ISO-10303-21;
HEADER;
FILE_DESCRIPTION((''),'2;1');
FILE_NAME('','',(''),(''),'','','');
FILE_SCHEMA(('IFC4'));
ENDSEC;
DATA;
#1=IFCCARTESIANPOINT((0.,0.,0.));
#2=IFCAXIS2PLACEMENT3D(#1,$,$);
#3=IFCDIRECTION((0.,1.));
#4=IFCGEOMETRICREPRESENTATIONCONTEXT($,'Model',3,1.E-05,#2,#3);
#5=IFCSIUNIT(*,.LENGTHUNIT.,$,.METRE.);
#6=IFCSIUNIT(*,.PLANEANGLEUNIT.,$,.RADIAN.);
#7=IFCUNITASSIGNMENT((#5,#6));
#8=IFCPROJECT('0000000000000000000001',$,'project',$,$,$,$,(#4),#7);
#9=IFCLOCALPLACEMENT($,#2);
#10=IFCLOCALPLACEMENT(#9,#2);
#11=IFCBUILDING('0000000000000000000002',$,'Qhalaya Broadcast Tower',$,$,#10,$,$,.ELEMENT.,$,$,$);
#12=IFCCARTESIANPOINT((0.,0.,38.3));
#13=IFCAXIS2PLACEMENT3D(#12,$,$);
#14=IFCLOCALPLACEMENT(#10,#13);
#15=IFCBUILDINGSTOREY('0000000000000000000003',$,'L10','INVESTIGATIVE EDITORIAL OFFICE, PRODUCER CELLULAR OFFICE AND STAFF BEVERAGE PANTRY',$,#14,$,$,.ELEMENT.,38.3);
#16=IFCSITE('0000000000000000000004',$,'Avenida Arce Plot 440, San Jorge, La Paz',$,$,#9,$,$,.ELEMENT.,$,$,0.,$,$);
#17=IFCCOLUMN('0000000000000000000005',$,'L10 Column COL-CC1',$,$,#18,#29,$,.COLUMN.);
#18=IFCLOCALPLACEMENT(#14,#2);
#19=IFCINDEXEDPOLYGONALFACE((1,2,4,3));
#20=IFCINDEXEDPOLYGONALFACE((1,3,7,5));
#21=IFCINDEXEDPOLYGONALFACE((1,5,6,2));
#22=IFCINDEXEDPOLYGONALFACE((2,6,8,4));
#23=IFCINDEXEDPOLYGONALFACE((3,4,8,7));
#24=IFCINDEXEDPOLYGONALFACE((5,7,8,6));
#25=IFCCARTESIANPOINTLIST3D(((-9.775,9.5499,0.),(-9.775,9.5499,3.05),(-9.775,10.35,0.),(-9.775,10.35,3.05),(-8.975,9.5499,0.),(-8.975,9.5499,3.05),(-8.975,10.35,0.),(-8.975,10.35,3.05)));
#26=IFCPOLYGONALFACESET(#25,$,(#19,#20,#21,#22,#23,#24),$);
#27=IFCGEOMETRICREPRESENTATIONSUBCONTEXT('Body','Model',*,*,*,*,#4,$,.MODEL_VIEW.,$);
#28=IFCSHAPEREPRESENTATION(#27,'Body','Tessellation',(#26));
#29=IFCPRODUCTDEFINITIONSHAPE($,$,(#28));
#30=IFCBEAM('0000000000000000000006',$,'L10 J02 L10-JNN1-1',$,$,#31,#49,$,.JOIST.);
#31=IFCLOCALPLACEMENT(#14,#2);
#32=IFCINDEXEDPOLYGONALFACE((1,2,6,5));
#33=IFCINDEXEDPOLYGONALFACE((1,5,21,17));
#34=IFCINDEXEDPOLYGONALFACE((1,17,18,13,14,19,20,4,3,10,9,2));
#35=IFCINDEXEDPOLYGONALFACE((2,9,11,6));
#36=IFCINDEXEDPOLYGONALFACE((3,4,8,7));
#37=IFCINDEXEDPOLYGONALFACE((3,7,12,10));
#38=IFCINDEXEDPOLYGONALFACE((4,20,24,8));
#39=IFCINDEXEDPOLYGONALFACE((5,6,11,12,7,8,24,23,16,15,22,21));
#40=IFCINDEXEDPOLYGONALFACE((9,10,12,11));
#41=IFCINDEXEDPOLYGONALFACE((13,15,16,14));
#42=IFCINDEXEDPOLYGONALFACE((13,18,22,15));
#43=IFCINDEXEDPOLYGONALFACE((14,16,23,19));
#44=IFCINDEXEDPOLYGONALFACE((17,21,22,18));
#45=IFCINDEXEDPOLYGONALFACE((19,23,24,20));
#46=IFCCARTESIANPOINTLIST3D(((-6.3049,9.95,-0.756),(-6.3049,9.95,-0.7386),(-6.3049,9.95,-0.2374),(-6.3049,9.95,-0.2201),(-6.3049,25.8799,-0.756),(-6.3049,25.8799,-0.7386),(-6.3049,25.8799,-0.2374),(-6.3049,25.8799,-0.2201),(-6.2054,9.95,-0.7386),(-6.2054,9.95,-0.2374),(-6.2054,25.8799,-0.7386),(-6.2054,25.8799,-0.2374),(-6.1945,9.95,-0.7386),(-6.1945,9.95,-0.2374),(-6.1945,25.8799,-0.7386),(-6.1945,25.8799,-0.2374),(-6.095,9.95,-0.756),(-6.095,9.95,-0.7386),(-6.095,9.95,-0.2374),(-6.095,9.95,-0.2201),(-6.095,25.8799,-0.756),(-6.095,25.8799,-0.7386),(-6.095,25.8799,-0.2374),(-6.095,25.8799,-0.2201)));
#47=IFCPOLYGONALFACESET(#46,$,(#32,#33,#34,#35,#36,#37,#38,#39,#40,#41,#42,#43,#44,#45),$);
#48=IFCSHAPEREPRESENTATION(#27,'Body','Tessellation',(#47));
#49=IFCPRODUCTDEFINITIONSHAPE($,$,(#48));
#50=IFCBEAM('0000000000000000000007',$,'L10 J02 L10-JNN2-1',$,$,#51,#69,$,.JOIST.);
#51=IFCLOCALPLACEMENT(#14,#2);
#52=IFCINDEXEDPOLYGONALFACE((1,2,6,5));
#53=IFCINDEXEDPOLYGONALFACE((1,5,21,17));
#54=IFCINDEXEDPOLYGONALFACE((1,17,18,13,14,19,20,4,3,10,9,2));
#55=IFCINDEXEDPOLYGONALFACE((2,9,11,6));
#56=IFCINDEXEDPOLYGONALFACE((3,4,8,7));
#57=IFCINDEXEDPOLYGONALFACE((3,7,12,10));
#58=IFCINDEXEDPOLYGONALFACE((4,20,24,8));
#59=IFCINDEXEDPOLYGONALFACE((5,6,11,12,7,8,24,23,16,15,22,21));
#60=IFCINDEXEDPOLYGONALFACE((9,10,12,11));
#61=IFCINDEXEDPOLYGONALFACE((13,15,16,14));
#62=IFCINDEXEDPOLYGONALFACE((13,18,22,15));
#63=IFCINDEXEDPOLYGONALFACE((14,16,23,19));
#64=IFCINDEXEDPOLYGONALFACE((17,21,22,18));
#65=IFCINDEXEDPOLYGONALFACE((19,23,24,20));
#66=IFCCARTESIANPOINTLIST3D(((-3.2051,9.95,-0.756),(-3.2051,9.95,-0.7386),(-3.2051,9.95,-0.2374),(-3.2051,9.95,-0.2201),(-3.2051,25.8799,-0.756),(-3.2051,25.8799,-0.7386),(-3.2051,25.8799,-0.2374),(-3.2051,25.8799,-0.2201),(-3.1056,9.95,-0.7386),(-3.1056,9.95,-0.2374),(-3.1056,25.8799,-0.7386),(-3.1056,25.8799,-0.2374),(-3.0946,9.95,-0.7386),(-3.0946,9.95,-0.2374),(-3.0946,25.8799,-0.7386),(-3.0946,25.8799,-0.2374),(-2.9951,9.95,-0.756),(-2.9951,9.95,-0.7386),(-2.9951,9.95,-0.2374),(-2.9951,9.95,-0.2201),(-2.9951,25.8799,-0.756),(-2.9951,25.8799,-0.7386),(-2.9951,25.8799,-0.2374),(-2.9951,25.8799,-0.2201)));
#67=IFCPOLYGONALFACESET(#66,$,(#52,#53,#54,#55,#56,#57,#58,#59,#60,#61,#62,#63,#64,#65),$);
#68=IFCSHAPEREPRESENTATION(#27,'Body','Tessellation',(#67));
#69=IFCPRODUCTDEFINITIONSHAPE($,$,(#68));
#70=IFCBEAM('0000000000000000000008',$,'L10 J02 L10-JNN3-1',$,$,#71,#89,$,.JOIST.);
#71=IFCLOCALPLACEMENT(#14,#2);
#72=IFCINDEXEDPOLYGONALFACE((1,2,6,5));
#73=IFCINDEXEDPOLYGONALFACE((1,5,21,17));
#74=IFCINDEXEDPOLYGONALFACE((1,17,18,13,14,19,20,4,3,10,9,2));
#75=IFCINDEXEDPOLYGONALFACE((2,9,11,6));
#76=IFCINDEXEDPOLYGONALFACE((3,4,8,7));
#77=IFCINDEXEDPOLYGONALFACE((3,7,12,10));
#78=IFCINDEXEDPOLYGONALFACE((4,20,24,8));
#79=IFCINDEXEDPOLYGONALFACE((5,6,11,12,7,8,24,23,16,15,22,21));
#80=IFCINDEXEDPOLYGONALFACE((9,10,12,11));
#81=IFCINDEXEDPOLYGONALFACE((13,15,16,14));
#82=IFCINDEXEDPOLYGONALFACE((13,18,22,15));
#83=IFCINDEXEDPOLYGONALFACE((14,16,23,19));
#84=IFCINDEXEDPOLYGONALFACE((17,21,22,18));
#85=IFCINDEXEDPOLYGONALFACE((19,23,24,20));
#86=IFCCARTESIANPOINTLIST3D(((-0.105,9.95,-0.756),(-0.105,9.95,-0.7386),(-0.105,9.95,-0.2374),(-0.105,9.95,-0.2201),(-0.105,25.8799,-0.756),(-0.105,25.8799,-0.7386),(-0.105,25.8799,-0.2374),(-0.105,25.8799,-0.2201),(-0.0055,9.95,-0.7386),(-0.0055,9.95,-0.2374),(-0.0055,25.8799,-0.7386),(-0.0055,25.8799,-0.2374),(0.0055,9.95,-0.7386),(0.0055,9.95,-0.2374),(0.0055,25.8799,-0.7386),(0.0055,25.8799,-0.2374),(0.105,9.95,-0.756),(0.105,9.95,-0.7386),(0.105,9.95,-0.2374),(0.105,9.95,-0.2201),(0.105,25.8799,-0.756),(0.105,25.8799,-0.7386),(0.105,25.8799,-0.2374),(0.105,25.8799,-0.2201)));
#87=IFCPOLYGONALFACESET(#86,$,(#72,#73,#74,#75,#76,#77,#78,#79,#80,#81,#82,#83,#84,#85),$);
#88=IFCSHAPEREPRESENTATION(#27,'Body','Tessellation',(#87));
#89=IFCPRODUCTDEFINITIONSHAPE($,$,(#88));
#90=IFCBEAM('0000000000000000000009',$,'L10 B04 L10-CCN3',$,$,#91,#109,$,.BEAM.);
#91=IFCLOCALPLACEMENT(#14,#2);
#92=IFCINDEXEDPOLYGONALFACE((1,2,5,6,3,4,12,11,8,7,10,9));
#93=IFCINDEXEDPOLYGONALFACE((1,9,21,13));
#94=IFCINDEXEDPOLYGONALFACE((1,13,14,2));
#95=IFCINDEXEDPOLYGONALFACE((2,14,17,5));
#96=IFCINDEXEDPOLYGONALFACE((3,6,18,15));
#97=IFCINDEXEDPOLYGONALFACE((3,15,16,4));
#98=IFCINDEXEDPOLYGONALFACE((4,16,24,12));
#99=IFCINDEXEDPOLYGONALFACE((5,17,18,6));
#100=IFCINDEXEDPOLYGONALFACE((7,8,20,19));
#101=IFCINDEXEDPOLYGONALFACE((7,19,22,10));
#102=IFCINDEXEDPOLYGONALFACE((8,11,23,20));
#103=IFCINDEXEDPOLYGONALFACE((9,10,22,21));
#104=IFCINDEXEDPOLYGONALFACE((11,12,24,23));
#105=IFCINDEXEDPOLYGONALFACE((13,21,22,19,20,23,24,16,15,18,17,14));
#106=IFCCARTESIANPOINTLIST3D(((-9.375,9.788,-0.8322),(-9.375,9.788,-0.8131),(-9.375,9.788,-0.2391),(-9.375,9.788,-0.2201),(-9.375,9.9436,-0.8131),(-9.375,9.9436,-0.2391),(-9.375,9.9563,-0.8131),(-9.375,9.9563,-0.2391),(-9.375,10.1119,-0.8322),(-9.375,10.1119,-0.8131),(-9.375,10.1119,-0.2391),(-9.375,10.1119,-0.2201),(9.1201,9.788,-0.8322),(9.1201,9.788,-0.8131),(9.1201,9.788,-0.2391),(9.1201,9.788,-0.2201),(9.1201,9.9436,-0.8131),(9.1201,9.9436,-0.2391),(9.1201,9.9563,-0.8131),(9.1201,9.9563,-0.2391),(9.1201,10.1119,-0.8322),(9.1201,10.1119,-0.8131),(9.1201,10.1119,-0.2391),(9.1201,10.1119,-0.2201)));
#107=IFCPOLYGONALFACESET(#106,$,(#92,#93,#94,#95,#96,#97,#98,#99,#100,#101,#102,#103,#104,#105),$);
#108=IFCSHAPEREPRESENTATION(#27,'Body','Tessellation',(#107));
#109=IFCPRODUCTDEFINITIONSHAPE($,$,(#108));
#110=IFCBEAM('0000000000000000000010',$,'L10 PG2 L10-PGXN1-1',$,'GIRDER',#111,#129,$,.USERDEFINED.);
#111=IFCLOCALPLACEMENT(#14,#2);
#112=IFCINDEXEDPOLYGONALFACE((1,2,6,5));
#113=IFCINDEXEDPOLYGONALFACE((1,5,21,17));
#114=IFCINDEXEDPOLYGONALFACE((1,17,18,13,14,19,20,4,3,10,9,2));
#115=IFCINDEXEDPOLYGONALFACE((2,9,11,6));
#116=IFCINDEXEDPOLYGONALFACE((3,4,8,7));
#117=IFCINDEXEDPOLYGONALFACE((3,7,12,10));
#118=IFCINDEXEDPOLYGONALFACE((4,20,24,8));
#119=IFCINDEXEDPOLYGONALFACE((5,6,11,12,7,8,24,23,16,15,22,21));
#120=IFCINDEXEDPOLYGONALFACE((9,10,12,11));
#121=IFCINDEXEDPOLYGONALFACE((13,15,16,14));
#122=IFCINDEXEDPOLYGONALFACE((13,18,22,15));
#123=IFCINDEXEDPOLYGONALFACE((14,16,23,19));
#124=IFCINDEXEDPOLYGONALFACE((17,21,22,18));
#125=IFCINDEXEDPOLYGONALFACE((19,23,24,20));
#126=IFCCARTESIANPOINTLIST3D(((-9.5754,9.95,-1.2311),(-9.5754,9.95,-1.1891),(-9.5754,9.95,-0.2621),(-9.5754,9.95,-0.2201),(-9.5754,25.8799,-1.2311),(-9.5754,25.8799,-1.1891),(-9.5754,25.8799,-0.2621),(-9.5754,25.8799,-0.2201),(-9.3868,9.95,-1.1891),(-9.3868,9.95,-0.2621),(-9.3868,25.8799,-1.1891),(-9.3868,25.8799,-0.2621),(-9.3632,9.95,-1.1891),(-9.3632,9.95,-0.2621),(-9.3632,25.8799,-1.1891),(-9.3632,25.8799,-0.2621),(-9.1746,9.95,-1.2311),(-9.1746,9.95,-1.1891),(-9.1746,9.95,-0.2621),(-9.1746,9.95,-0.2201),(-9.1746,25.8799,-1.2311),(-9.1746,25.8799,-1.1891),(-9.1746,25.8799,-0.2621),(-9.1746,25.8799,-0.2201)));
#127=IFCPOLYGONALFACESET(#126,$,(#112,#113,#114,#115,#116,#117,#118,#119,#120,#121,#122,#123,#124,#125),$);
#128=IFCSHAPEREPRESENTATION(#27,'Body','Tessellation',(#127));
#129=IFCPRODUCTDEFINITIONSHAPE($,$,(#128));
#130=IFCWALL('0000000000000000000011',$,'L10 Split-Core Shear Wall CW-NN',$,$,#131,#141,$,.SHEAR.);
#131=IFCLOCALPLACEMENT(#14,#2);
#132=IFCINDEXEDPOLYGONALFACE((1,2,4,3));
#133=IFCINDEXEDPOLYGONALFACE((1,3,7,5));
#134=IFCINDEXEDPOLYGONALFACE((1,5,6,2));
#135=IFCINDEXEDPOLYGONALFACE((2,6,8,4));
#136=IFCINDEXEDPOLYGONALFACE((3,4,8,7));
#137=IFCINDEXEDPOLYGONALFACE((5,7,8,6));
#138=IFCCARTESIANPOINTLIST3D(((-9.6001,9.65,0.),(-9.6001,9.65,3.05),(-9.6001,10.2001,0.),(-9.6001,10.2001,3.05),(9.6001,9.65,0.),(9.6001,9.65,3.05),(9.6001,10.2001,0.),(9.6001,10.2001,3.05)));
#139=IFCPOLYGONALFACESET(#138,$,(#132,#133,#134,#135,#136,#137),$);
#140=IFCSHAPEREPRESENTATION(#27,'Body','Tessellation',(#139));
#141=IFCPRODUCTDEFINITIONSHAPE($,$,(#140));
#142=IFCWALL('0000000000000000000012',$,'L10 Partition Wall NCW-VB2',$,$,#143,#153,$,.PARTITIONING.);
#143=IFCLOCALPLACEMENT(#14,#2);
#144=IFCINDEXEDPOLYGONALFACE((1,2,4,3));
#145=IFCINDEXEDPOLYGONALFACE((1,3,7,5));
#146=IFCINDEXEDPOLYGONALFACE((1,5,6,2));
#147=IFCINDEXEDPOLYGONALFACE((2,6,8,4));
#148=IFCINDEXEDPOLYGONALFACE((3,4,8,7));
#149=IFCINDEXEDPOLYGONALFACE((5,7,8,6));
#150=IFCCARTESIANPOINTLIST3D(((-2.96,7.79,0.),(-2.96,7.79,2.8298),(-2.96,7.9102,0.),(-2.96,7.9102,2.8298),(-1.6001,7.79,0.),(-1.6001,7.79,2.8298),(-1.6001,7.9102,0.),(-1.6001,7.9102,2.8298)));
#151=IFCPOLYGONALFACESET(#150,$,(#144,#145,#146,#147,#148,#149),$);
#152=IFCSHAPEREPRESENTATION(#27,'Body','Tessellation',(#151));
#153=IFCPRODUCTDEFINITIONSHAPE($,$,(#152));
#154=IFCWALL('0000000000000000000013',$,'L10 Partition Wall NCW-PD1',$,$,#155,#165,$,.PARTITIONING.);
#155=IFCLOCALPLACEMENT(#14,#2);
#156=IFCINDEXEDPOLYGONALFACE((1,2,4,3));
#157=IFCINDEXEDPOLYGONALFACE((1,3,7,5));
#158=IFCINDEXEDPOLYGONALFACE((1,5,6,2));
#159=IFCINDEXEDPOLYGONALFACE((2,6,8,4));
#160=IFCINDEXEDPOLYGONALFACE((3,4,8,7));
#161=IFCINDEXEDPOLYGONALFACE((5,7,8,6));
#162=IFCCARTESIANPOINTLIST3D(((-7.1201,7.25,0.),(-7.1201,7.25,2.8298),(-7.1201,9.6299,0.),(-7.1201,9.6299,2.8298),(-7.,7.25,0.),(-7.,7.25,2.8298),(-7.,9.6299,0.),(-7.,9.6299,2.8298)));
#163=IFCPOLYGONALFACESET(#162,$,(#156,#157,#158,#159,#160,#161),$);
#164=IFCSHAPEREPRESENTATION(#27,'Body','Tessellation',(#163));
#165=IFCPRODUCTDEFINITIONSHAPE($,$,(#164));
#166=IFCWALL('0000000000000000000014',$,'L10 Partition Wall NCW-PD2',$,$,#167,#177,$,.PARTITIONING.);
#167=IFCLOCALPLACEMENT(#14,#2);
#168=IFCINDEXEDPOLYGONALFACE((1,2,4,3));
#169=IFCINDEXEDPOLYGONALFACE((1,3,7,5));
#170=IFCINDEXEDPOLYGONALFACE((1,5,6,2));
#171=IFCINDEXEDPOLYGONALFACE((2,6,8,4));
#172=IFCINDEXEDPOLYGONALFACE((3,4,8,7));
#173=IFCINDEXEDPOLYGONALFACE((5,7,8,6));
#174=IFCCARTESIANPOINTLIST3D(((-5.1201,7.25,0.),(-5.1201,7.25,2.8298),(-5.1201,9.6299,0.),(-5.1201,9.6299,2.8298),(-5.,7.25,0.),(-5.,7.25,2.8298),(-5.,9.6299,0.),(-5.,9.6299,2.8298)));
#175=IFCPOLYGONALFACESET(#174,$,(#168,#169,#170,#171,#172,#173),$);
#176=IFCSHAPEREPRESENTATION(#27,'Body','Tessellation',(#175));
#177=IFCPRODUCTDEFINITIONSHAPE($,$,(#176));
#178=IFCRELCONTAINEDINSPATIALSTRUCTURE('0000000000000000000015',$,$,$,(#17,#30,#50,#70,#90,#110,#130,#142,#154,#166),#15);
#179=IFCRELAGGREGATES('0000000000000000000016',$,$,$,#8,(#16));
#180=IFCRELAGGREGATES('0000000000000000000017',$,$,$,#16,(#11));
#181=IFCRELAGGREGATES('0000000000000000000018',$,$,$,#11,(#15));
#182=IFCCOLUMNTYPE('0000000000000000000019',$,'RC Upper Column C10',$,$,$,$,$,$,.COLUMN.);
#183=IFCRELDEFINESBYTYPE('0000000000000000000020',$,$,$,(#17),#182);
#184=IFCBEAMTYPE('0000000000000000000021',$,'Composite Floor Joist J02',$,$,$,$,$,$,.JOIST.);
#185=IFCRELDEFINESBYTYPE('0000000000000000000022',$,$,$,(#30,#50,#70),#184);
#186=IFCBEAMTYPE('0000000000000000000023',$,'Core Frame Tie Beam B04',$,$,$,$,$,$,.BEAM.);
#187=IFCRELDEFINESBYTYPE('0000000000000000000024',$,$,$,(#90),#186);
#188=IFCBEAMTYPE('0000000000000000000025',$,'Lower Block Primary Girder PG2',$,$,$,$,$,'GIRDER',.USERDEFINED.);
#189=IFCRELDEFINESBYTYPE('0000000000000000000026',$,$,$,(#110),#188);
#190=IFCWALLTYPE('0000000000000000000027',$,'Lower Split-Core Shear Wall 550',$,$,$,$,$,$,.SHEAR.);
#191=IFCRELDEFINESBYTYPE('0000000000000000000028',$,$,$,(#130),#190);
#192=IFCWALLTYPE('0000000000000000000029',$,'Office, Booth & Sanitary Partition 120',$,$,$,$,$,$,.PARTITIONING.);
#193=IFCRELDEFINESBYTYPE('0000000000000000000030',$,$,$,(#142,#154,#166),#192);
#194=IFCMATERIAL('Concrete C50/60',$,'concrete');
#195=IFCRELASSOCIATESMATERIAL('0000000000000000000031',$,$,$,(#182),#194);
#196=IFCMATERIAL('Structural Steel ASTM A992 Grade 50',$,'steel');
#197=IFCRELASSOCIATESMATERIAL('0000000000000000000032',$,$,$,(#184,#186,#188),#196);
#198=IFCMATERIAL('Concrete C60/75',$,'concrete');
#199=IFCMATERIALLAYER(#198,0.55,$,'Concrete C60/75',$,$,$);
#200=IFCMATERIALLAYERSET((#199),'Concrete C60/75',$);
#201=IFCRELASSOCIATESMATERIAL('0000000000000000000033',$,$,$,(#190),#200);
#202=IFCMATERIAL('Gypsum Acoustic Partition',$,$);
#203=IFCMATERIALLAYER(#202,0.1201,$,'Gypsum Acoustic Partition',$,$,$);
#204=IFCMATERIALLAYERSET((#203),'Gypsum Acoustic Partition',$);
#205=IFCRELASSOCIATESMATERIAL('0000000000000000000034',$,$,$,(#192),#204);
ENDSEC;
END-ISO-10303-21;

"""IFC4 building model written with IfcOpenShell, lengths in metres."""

from ifc_helpers import new_model, si_unit, direction, frame, frame_2d, origin, origin_2d, place, context, subcontext, project, spatial, rectangle, i_section, extrude, material, layer, layer_set, material_profile, profile_set, type_object, element, save


model = new_model("IFC4")

# Units and contexts
model_context = context("Model", 3, precision=1e-05, world=origin(), true_north=direction((0.0, 1.0)))
body_context = subcontext(model_context, "Body", "Model", "MODEL_VIEW")
ifc_project = project(units=[si_unit("LENGTHUNIT", "METRE"), si_unit("PLANEANGLEUNIT", "RADIAN")], contexts=[model_context])

# Site, building, storey
site_placement = place(None, origin())
site = spatial("IfcSite", under=ifc_project, at=site_placement, Name="Avenida Arce Plot 440, San Jorge, La Paz", CompositionType="ELEMENT", RefElevation=0.0)
building_placement = place(site_placement, origin())
building = spatial("IfcBuilding", under=site, at=building_placement, Name="Qhalaya Broadcast Tower", CompositionType="ELEMENT")
storey_placement = place(building_placement, frame((0.0, 0.0, 38.3)))
storey = spatial("IfcBuildingStorey", under=building, at=storey_placement, Name="L10", Description="INVESTIGATIVE EDITORIAL OFFICE, PRODUCER CELLULAR OFFICE AND STAFF BEVERAGE PANTRY", CompositionType="ELEMENT", Elevation=38.3)

# Column
ifc_material_1 = material(Name="Concrete C50/60", Category="concrete")
ifc_material_profile_1 = material_profile(ifc_material_1, rectangle(XDim=0.8, YDim=0.8, at=origin_2d()), Name="RC-COL 800x800")
ifc_profile_set_1 = profile_set([ifc_material_profile_1], Name="Concrete C50/60")
column_type = type_object("IfcColumnType", Name="RC Upper Column C10", PredefinedType="COLUMN", material=ifc_profile_set_1)
column_placement = place(storey_placement, frame((-9.375, 9.95, 0.0), z_axis=(0.0, 0.0, 1.0), x_axis=(1.0, 0.0, 0.0)))
element("IfcColumn", 1, at=column_placement, inside=storey, type_object=column_type, Name="L10 Column COL-CC1", PredefinedType="COLUMN", context=body_context, shape_type="SweptSolid", body=[
    extrude(rectangle(XDim=0.8, YDim=0.8, at=origin_2d()), origin(), (0.0, 0.0, 1.0), 3.05),
])

# Beams
ifc_material_2 = material(Name="Structural Steel ASTM A992 Grade 50", Category="steel")
ifc_material_profile_2 = material_profile(ifc_material_2, i_section(OverallWidth=0.21, OverallDepth=0.5359, WebThickness=0.011, FlangeThickness=0.0173, at=origin_2d()), Name="W21X68")
ifc_profile_set_2 = profile_set([ifc_material_profile_2], Name="Structural Steel ASTM A992 Grade 50")
beam_type_1 = type_object("IfcBeamType", Name="Composite Floor Joist J02", PredefinedType="JOIST", material=ifc_profile_set_2)
for number, where, z_axis, x_axis, name in (
    (2, (-6.2, 9.95, -0.488), (0.0, 1.0, 0.0), (-1.0, 0.0, 0.0), "L10 J02 L10-JNN1-1"),
    (3, (-3.1001, 9.95, -0.488), (0.0, 1.0, 0.0), (-1.0, 0.0, 0.0), "L10 J02 L10-JNN2-1"),
    (4, (0.0, 9.95, -0.488), (0.0, 1.0, 0.0), (-1.0, 0.0, 0.0), "L10 J02 L10-JNN3-1"),
):
    element("IfcBeam", number, at=place(storey_placement, frame(where, z_axis=z_axis, x_axis=x_axis)), inside=storey, type_object=beam_type_1, Name=name, PredefinedType="JOIST", context=body_context, shape_type="SweptSolid", body=[
        extrude(i_section(OverallWidth=0.21, OverallDepth=0.5359, WebThickness=0.011, FlangeThickness=0.0173, at=origin_2d()), origin(), (0.0, 0.0, 1.0), 15.9299),
    ])
ifc_material_profile_3 = material_profile(ifc_material_2, i_section(OverallWidth=0.324, OverallDepth=0.6121, WebThickness=0.0127, FlangeThickness=0.019, at=origin_2d()), Name="W24X104")
ifc_profile_set_3 = profile_set([ifc_material_profile_3], Name="Structural Steel ASTM A992 Grade 50")
beam_type_2 = type_object("IfcBeamType", Name="Core Frame Tie Beam B04", PredefinedType="BEAM", material=ifc_profile_set_3)
beam_1_placement = place(storey_placement, frame((-9.375, 9.95, -0.5261), z_axis=(1.0, 0.0, 0.0), x_axis=(0.0, 1.0, 0.0)))
element("IfcBeam", 5, at=beam_1_placement, inside=storey, type_object=beam_type_2, Name="L10 B04 L10-CCN3", PredefinedType="BEAM", context=body_context, shape_type="SweptSolid", body=[
    extrude(i_section(OverallWidth=0.324, OverallDepth=0.6121, WebThickness=0.0127, FlangeThickness=0.019, at=origin_2d()), origin(), (0.0, 0.0, 1.0), 18.4951),
])
ifc_material_profile_4 = material_profile(ifc_material_2, i_section(OverallWidth=0.4009, OverallDepth=1.011, WebThickness=0.0237, FlangeThickness=0.042, at=origin_2d()), Name="W40X297")
ifc_profile_set_4 = profile_set([ifc_material_profile_4], Name="Structural Steel ASTM A992 Grade 50")
beam_type_3 = type_object("IfcBeamType", Name="Lower Block Primary Girder PG2", ElementType="GIRDER", PredefinedType="USERDEFINED", material=ifc_profile_set_4)
beam_2_placement = place(storey_placement, frame((-9.375, 9.95, -0.7256), z_axis=(0.0, 1.0, 0.0), x_axis=(-1.0, 0.0, 0.0)))
element("IfcBeam", 6, at=beam_2_placement, inside=storey, type_object=beam_type_3, Name="L10 PG2 L10-PGXN1-1", ObjectType="GIRDER", PredefinedType="USERDEFINED", context=body_context, shape_type="SweptSolid", body=[
    extrude(i_section(OverallWidth=0.4009, OverallDepth=1.011, WebThickness=0.0237, FlangeThickness=0.042, at=origin_2d()), origin(), (0.0, 0.0, 1.0), 15.9299),
])

# Walls
ifc_material_3 = material(Name="Concrete C60/75", Category="concrete")
ifc_layer_1 = layer(ifc_material_3, 0.55, Name="Concrete C60/75")
ifc_layer_set_1 = layer_set([ifc_layer_1], Name="Concrete C60/75")
wall_type_1 = type_object("IfcWallType", Name="Lower Split-Core Shear Wall 550", PredefinedType="SHEAR", material=ifc_layer_set_1)
wall_1_placement = place(storey_placement, frame((-9.6001, 9.925, 0.0), z_axis=(0.0, 0.0, 1.0), x_axis=(1.0, 0.0, 0.0)))
element("IfcWall", 7, at=wall_1_placement, inside=storey, type_object=wall_type_1, Name="L10 Split-Core Shear Wall CW-NN", PredefinedType="SHEAR", context=body_context, shape_type="SweptSolid", body=[
    extrude(rectangle(XDim=19.2002, YDim=0.55, at=frame_2d((9.6001, 0.0))), origin(), (0.0, 0.0, 1.0), 3.05),
])
ifc_material_4 = material(Name="Gypsum Acoustic Partition")
ifc_layer_2 = layer(ifc_material_4, 0.1201, Name="Gypsum Acoustic Partition")
ifc_layer_set_2 = layer_set([ifc_layer_2], Name="Gypsum Acoustic Partition")
wall_type_2 = type_object("IfcWallType", Name="Office, Booth & Sanitary Partition 120", PredefinedType="PARTITIONING", material=ifc_layer_set_2)
wall_2_placement = place(storey_placement, frame((-2.96, 7.8501, 0.0), z_axis=(0.0, 0.0, 1.0), x_axis=(1.0, 0.0, 0.0)))
element("IfcWall", 8, at=wall_2_placement, inside=storey, type_object=wall_type_2, Name="L10 Partition Wall NCW-VB2", PredefinedType="PARTITIONING", context=body_context, shape_type="SweptSolid", body=[
    extrude(rectangle(XDim=1.3599, YDim=0.1201, at=frame_2d((0.6799, 0.0))), origin(), (0.0, 0.0, 1.0), 2.8298),
])
for number, where, z_axis, x_axis, name in (
    (9, (-7.0601, 7.25, 0.0), (0.0, 0.0, 1.0), (0.0, 1.0, 0.0), "L10 Partition Wall NCW-PD1"),
    (10, (-5.0601, 7.25, 0.0), (0.0, 0.0, 1.0), (0.0, 1.0, 0.0), "L10 Partition Wall NCW-PD2"),
):
    element("IfcWall", number, at=place(storey_placement, frame(where, z_axis=z_axis, x_axis=x_axis)), inside=storey, type_object=wall_type_2, Name=name, PredefinedType="PARTITIONING", context=body_context, shape_type="SweptSolid", body=[
        extrude(rectangle(XDim=2.3799, YDim=0.1201, at=frame_2d((1.1899, 0.0))), origin(), (0.0, 0.0, 1.0), 2.8298),
    ])

save(model, "model.ifc")
